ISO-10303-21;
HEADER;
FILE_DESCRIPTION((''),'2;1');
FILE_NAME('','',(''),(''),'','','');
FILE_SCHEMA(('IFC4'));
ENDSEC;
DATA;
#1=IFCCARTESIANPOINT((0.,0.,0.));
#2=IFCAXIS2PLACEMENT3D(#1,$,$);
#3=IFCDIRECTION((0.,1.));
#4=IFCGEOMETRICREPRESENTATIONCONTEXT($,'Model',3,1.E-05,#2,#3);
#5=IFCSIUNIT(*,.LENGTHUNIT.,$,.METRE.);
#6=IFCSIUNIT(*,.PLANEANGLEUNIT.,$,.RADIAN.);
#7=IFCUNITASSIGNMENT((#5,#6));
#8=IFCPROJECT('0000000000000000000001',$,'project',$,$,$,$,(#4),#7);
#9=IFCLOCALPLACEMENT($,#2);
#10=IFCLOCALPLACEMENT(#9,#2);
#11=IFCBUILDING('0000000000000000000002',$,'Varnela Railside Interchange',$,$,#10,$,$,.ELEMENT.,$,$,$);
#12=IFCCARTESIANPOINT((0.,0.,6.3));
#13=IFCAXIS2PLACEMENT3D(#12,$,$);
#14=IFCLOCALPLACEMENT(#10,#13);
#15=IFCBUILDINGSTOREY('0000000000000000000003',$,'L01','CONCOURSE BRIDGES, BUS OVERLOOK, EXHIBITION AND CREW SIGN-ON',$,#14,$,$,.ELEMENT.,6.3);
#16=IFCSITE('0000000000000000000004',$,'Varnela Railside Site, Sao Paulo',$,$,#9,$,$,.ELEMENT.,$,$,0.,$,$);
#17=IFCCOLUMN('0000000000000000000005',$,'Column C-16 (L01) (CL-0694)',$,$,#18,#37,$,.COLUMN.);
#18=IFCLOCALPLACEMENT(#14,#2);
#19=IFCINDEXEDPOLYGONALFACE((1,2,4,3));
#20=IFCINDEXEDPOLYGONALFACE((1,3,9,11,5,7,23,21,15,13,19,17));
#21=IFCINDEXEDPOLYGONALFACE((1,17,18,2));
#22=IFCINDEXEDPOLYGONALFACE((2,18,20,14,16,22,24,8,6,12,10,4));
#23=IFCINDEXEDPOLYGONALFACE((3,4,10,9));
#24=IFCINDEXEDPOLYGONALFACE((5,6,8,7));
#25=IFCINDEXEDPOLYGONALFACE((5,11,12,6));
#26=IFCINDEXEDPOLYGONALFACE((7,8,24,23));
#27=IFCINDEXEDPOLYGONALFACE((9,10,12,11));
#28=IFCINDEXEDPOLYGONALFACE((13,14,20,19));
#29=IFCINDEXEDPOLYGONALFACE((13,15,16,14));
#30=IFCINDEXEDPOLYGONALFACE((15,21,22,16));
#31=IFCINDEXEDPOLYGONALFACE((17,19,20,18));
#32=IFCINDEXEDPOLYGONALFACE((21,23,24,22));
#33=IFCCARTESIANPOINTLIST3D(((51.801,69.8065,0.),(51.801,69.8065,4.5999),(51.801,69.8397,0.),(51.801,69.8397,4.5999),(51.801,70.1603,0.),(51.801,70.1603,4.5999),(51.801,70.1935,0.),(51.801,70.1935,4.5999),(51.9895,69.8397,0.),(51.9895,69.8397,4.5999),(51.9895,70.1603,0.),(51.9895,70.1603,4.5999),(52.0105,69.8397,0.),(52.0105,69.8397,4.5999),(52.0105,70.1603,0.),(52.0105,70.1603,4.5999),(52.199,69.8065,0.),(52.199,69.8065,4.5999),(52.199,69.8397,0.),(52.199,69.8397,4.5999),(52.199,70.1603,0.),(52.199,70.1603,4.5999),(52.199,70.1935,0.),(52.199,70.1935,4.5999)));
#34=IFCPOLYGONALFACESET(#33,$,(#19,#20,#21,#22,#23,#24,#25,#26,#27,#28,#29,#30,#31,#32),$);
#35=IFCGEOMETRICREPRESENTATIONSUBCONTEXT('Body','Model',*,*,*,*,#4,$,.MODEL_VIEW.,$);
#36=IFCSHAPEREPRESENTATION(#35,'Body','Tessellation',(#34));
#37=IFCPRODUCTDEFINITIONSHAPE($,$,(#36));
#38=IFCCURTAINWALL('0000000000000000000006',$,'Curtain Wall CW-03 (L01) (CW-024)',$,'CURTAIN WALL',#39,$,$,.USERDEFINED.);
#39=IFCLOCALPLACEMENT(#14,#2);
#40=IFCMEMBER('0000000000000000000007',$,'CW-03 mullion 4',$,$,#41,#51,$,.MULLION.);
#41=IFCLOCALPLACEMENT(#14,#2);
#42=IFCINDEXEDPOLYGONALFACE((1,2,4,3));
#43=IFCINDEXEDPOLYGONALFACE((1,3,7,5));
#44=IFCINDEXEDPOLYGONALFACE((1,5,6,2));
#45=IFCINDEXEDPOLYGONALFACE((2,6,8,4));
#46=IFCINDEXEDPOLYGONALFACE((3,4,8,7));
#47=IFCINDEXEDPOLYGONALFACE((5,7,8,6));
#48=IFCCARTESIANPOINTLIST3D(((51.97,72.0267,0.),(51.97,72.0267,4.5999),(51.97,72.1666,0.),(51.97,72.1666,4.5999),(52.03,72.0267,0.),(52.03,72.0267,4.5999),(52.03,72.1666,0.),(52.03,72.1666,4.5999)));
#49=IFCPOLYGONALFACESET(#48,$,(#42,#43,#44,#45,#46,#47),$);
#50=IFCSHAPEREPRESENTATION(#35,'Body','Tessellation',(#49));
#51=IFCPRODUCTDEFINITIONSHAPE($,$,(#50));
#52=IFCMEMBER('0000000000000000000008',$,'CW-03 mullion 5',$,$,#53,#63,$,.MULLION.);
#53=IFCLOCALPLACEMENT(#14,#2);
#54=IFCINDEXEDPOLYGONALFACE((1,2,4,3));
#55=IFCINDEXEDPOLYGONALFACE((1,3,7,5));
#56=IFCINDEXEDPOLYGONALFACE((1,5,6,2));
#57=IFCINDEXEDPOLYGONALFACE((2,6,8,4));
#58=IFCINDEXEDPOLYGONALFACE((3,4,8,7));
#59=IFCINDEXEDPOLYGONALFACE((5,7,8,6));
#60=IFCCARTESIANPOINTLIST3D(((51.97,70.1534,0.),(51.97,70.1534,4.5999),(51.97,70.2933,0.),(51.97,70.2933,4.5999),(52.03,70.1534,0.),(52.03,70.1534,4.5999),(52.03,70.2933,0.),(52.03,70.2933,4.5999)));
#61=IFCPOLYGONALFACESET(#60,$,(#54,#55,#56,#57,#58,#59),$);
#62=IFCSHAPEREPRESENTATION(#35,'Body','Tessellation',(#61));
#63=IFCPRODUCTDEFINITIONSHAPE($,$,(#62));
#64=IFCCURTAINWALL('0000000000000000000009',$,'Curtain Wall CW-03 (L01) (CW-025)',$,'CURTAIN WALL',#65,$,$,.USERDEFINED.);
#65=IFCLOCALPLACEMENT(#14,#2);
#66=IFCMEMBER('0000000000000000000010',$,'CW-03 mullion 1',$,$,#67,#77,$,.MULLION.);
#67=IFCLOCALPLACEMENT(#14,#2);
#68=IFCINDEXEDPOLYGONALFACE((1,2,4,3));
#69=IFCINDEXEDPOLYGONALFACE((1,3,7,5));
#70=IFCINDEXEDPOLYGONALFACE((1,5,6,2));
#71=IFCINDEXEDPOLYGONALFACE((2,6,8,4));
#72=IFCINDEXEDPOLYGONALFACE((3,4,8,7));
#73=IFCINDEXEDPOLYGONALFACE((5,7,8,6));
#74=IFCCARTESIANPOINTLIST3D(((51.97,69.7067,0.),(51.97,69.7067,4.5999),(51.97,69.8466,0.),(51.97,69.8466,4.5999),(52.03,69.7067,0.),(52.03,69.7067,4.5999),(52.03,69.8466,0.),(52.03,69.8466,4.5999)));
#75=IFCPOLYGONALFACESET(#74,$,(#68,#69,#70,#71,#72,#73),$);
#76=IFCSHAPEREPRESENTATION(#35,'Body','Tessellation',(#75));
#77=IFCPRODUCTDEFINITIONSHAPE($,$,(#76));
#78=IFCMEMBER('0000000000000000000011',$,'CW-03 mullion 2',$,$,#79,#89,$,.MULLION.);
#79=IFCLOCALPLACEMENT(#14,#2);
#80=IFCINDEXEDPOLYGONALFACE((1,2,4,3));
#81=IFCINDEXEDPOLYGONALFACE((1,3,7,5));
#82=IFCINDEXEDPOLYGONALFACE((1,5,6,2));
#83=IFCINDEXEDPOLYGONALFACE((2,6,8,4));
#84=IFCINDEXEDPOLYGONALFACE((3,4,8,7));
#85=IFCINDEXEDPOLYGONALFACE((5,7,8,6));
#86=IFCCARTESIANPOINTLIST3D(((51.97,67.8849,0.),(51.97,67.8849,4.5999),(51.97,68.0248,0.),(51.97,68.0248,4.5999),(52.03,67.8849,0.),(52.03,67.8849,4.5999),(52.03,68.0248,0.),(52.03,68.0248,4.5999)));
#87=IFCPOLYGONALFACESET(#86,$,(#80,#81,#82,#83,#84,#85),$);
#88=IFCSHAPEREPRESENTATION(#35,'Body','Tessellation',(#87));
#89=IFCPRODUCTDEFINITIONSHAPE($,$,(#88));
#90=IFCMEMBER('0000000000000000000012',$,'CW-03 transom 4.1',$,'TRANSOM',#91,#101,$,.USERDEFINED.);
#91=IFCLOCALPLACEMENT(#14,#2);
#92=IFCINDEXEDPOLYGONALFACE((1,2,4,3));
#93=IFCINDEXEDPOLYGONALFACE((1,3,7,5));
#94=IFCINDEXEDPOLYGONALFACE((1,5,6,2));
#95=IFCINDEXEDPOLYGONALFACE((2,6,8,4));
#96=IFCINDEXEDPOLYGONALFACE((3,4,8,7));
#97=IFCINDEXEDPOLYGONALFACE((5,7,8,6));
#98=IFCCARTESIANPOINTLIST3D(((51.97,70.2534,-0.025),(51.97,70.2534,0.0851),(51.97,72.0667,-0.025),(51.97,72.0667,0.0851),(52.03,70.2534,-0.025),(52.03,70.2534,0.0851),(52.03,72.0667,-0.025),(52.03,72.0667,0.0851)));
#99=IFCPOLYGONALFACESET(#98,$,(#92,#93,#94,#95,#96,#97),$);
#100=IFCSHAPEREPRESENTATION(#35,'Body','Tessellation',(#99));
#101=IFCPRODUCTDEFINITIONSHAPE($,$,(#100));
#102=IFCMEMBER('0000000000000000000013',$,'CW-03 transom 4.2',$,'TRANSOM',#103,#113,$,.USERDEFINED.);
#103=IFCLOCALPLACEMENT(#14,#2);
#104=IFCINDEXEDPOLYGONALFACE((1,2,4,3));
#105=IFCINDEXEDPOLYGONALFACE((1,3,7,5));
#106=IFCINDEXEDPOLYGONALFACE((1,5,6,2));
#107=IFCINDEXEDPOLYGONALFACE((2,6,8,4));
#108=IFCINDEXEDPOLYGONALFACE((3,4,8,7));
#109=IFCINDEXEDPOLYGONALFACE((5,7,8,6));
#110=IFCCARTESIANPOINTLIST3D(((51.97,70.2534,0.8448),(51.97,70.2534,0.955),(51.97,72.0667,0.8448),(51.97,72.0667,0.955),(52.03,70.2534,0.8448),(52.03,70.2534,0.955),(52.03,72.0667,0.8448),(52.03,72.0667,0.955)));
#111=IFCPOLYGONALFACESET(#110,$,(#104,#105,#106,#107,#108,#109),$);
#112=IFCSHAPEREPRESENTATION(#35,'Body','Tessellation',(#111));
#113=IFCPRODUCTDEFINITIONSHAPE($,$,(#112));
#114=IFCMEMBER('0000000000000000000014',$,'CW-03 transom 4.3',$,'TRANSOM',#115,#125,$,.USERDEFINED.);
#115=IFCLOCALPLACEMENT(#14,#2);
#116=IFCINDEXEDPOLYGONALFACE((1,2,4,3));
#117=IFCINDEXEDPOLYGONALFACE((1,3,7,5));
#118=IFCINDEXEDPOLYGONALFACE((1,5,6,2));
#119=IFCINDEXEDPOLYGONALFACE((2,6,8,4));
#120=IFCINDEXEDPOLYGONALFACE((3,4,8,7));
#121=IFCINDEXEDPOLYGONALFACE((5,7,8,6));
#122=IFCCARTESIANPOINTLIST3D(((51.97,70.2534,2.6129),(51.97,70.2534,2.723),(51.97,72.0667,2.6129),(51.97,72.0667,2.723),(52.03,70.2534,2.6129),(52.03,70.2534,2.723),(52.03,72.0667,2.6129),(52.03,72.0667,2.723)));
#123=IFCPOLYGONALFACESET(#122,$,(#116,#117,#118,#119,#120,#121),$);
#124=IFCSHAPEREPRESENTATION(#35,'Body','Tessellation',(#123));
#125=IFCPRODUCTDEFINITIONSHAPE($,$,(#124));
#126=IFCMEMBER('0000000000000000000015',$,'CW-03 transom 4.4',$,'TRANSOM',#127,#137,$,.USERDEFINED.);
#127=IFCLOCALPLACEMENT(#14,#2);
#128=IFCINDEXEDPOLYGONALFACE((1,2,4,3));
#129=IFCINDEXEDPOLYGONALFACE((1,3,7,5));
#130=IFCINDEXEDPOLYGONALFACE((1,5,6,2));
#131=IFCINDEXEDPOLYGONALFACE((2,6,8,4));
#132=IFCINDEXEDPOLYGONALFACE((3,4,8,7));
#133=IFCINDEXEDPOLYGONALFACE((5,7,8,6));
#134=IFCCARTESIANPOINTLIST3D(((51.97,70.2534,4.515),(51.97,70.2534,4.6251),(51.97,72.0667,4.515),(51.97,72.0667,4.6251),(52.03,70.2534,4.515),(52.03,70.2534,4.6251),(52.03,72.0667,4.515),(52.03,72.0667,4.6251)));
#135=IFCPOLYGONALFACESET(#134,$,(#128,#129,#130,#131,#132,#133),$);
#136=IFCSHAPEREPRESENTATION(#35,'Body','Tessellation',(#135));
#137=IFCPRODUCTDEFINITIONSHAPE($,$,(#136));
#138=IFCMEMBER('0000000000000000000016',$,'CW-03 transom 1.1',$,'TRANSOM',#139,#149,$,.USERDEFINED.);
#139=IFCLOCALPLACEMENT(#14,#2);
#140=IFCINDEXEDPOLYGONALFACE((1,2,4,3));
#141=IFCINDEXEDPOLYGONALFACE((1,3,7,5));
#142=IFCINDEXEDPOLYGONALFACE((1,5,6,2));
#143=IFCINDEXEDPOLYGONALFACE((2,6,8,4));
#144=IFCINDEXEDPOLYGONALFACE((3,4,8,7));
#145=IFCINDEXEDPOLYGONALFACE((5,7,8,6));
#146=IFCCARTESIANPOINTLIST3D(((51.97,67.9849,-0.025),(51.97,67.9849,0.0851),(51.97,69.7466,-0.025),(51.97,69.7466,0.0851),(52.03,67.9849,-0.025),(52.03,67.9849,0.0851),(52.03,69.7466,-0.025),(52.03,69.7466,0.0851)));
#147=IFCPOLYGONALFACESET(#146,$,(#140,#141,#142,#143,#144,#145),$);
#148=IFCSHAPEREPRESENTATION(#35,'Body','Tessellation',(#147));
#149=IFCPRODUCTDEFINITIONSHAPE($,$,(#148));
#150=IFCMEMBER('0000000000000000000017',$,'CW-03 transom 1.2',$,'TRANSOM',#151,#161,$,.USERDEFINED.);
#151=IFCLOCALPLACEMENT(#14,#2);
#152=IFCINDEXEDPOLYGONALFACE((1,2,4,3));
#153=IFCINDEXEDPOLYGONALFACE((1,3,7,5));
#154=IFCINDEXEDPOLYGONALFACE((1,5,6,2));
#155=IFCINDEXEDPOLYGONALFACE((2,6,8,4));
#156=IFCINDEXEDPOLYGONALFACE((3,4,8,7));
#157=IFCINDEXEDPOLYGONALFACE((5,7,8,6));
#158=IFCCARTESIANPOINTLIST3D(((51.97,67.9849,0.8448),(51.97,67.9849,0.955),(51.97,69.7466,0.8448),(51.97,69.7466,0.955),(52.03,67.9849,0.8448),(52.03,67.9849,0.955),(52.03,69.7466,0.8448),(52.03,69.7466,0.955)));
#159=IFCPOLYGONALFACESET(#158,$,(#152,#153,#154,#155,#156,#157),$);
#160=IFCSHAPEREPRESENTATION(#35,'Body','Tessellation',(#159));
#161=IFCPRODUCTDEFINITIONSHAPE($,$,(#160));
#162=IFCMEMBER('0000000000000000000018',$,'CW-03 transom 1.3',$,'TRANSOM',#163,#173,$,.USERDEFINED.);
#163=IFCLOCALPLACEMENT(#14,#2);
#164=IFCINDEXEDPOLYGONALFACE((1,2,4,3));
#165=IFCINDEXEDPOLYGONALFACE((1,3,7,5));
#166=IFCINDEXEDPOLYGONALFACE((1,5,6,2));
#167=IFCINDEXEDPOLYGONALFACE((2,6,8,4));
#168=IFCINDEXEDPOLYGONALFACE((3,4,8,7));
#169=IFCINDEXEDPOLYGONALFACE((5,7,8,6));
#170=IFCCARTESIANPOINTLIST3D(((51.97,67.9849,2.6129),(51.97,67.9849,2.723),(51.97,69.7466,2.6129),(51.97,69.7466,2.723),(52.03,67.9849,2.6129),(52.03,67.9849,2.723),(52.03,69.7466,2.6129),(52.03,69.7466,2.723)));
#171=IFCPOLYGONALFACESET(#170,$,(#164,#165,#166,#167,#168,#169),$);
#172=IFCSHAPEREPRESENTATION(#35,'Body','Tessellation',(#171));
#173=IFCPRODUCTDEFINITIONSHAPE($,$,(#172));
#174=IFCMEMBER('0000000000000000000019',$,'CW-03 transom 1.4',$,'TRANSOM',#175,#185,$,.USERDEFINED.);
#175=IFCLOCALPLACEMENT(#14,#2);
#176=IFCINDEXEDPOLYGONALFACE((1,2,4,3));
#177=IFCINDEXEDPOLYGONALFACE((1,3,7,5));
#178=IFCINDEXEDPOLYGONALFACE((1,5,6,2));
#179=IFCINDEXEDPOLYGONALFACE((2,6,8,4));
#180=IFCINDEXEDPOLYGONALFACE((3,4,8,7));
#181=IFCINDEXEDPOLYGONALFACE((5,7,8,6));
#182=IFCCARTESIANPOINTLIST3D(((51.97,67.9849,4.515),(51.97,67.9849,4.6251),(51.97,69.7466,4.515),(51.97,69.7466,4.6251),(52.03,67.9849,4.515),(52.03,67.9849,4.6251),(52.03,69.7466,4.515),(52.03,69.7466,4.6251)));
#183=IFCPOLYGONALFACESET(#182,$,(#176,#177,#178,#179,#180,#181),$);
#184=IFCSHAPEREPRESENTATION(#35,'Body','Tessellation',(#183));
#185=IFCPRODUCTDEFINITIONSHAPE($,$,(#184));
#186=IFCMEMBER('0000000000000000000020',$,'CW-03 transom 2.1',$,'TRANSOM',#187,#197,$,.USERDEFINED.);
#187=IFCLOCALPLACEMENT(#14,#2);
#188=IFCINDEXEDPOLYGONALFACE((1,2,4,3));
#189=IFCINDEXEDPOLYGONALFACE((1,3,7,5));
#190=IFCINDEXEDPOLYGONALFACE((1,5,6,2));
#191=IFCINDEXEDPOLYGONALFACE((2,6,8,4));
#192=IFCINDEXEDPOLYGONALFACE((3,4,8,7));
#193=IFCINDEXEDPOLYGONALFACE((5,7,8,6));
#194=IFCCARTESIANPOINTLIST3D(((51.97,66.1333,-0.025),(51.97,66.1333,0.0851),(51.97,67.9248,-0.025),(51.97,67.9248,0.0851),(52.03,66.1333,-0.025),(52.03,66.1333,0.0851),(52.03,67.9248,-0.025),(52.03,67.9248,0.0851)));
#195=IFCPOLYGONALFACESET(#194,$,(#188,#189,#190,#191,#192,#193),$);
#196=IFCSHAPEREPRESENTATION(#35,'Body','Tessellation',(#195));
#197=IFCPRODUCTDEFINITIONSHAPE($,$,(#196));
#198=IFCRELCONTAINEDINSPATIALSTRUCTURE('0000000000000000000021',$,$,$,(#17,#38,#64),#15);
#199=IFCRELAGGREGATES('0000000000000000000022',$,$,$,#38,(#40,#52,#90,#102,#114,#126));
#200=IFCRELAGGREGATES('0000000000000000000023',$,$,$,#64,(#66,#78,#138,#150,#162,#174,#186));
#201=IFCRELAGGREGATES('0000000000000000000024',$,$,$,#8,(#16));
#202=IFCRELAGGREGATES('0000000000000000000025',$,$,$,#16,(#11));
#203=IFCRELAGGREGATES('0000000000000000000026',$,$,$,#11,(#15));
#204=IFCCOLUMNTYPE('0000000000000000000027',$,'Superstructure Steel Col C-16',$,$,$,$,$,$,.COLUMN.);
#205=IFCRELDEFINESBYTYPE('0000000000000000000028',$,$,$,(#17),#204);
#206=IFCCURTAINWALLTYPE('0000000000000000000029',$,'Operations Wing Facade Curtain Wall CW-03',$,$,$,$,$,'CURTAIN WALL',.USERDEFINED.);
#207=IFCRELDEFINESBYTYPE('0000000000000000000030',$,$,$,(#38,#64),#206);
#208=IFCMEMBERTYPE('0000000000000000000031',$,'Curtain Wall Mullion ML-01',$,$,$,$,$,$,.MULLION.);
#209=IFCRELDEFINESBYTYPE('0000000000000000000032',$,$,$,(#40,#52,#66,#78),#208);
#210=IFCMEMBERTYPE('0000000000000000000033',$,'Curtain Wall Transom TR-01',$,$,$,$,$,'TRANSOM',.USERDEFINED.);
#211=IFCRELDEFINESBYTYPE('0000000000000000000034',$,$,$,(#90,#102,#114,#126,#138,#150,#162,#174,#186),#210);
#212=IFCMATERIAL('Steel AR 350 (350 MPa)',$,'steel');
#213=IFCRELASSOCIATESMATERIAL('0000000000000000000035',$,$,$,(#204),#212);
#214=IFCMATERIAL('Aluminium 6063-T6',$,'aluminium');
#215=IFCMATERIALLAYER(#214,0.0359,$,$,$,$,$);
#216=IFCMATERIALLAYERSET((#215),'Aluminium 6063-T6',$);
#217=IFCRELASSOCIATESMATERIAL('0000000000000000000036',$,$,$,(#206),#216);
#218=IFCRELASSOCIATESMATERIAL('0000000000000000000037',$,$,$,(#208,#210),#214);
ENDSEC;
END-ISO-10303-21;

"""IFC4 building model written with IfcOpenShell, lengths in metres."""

from ifc_helpers import new_model, si_unit, direction, frame, origin, origin_2d, place, context, subcontext, project, spatial, rectangle, i_section, extrude, material, layer, layer_set, material_profile, profile_set, type_object, element, aggregate, save


model = new_model("IFC4")

# Units and contexts
model_context = context("Model", 3, precision=1e-05, world=origin(), true_north=direction((0.0, 1.0)))
body_context = subcontext(model_context, "Body", "Model", "MODEL_VIEW")
ifc_project = project(units=[si_unit("LENGTHUNIT", "METRE"), si_unit("PLANEANGLEUNIT", "RADIAN")], contexts=[model_context])

# Site, building, storey
site_placement = place(None, origin())
site = spatial("IfcSite", under=ifc_project, at=site_placement, Name="Varnela Railside Site, Sao Paulo", CompositionType="ELEMENT", RefElevation=0.0)
building_placement = place(site_placement, origin())
building = spatial("IfcBuilding", under=site, at=building_placement, Name="Varnela Railside Interchange", CompositionType="ELEMENT")
storey_placement = place(building_placement, frame((0.0, 0.0, 6.3)))
storey = spatial("IfcBuildingStorey", under=building, at=storey_placement, Name="L01", Description="CONCOURSE BRIDGES, BUS OVERLOOK, EXHIBITION AND CREW SIGN-ON", CompositionType="ELEMENT", Elevation=6.3)

# Column
ifc_material_1 = material(Name="Steel AR 350 (350 MPa)", Category="steel")
ifc_material_profile_1 = material_profile(ifc_material_1, i_section(OverallWidth=0.3979, OverallDepth=0.387, WebThickness=0.021, FlangeThickness=0.0332, at=origin_2d()), Name="W360x262")
ifc_profile_set_1 = profile_set([ifc_material_profile_1], Name="Steel AR 350 (350 MPa)")
column_type = type_object("IfcColumnType", Name="Superstructure Steel Col C-16", PredefinedType="COLUMN", material=ifc_profile_set_1)
column_placement = place(storey_placement, frame((52.0, 70.0, 0.0), z_axis=(0.0, 0.0, 1.0), x_axis=(1.0, 0.0, 0.0)))
element("IfcColumn", 1, at=column_placement, inside=storey, type_object=column_type, Name="Column C-16 (L01) (CL-0694)", PredefinedType="COLUMN", context=body_context, shape_type="SweptSolid", body=[
    extrude(i_section(OverallWidth=0.3979, OverallDepth=0.387, WebThickness=0.021, FlangeThickness=0.0332, at=origin_2d()), origin(), (0.0, 0.0, 1.0), 4.5999),
])

# Curtain walls, members
ifc_material_2 = material(Name="Aluminium 6063-T6", Category="aluminium")
ifc_layer_1 = layer(ifc_material_2, 0.0359)
ifc_layer_set_1 = layer_set([ifc_layer_1], Name="Aluminium 6063-T6")
curtain_wall_type = type_object("IfcCurtainWallType", Name="Operations Wing Facade Curtain Wall CW-03", ElementType="CURTAIN WALL", PredefinedType="USERDEFINED", material=ifc_layer_set_1)
curtain_wall_1_placement = place(storey_placement, origin())
curtain_wall_1 = element("IfcCurtainWall", 2, at=curtain_wall_1_placement, inside=storey, type_object=curtain_wall_type, Name="Curtain Wall CW-03 (L01) (CW-024)", ObjectType="CURTAIN WALL", PredefinedType="USERDEFINED")
ifc_material_profile_2 = material_profile(ifc_material_2, rectangle(XDim=0.0601, YDim=0.1399, at=origin_2d()), Name="ALU 60x140")
ifc_profile_set_2 = profile_set([ifc_material_profile_2], Name="Aluminium 6063-T6")
member_type_1 = type_object("IfcMemberType", Name="Curtain Wall Mullion ML-01", PredefinedType="MULLION", material=ifc_profile_set_2)
member_1_placement = place(storey_placement, frame((52.0, 72.0967, 0.0), z_axis=(0.0, 0.0, 1.0), x_axis=(1.0, 0.0, 0.0)))
member_1 = element("IfcMember", 3, at=member_1_placement, type_object=member_type_1, Name="CW-03 mullion 4", PredefinedType="MULLION", context=body_context, shape_type="SweptSolid", body=[
    extrude(rectangle(XDim=0.0601, YDim=0.1399, at=origin_2d()), origin(), (0.0, 0.0, 1.0), 4.5999),
])
member_2_placement = place(storey_placement, frame((52.0, 70.2234, 0.0), z_axis=(0.0, 0.0, 1.0), x_axis=(1.0, 0.0, 0.0)))
member_2 = element("IfcMember", 4, at=member_2_placement, type_object=member_type_1, Name="CW-03 mullion 5", PredefinedType="MULLION", context=body_context, shape_type="SweptSolid", body=[
    extrude(rectangle(XDim=0.0601, YDim=0.1399, at=origin_2d()), origin(), (0.0, 0.0, 1.0), 4.5999),
])
curtain_wall_2_placement = place(storey_placement, origin())
curtain_wall_2 = element("IfcCurtainWall", 5, at=curtain_wall_2_placement, inside=storey, type_object=curtain_wall_type, Name="Curtain Wall CW-03 (L01) (CW-025)", ObjectType="CURTAIN WALL", PredefinedType="USERDEFINED")
member_3_placement = place(storey_placement, frame((52.0, 69.7766, 0.0), z_axis=(0.0, 0.0, 1.0), x_axis=(1.0, 0.0, 0.0)))
member_3 = element("IfcMember", 6, at=member_3_placement, type_object=member_type_1, Name="CW-03 mullion 1", PredefinedType="MULLION", context=body_context, shape_type="SweptSolid", body=[
    extrude(rectangle(XDim=0.0601, YDim=0.1399, at=origin_2d()), origin(), (0.0, 0.0, 1.0), 4.5999),
])
member_4_placement = place(storey_placement, frame((52.0, 67.9548, 0.0), z_axis=(0.0, 0.0, 1.0), x_axis=(1.0, 0.0, 0.0)))
member_4 = element("IfcMember", 7, at=member_4_placement, type_object=member_type_1, Name="CW-03 mullion 2", PredefinedType="MULLION", context=body_context, shape_type="SweptSolid", body=[
    extrude(rectangle(XDim=0.0601, YDim=0.1399, at=origin_2d()), origin(), (0.0, 0.0, 1.0), 4.5999),
])

# Members
ifc_material_profile_3 = material_profile(ifc_material_2, rectangle(XDim=0.0601, YDim=0.1101, at=origin_2d()), Name="ALU 60x110")
ifc_profile_set_3 = profile_set([ifc_material_profile_3], Name="Aluminium 6063-T6")
member_type_2 = type_object("IfcMemberType", Name="Curtain Wall Transom TR-01", ElementType="TRANSOM", PredefinedType="USERDEFINED", material=ifc_profile_set_3)
member_5_placement = place(storey_placement, frame((52.0, 72.0667, 0.03), z_axis=(0.0, -1.0, 0.0), x_axis=(1.0, 0.0, 0.0)))
member_5 = element("IfcMember", 8, at=member_5_placement, type_object=member_type_2, Name="CW-03 transom 4.1", ObjectType="TRANSOM", PredefinedType="USERDEFINED", context=body_context, shape_type="SweptSolid", body=[
    extrude(rectangle(XDim=0.0601, YDim=0.1101, at=origin_2d()), origin(), (0.0, 0.0, 1.0), 1.8132),
])
member_6_placement = place(storey_placement, frame((52.0, 72.0667, 0.8999), z_axis=(0.0, -1.0, 0.0), x_axis=(1.0, 0.0, 0.0)))
member_6 = element("IfcMember", 9, at=member_6_placement, type_object=member_type_2, Name="CW-03 transom 4.2", ObjectType="TRANSOM", PredefinedType="USERDEFINED", context=body_context, shape_type="SweptSolid", body=[
    extrude(rectangle(XDim=0.0601, YDim=0.1101, at=origin_2d()), origin(), (0.0, 0.0, 1.0), 1.8132),
])
member_7_placement = place(storey_placement, frame((52.0, 72.0667, 2.668), z_axis=(0.0, -1.0, 0.0), x_axis=(1.0, 0.0, 0.0)))
member_7 = element("IfcMember", 10, at=member_7_placement, type_object=member_type_2, Name="CW-03 transom 4.3", ObjectType="TRANSOM", PredefinedType="USERDEFINED", context=body_context, shape_type="SweptSolid", body=[
    extrude(rectangle(XDim=0.0601, YDim=0.1101, at=origin_2d()), origin(), (0.0, 0.0, 1.0), 1.8132),
])
member_8_placement = place(storey_placement, frame((52.0, 72.0667, 4.5701), z_axis=(0.0, -1.0, 0.0), x_axis=(1.0, 0.0, 0.0)))
member_8 = element("IfcMember", 11, at=member_8_placement, type_object=member_type_2, Name="CW-03 transom 4.4", ObjectType="TRANSOM", PredefinedType="USERDEFINED", context=body_context, shape_type="SweptSolid", body=[
    extrude(rectangle(XDim=0.0601, YDim=0.1101, at=origin_2d()), origin(), (0.0, 0.0, 1.0), 1.8132),
])
member_9_placement = place(storey_placement, frame((52.0, 69.7466, 0.03), z_axis=(0.0, -1.0, 0.0), x_axis=(1.0, 0.0, 0.0)))
member_9 = element("IfcMember", 12, at=member_9_placement, type_object=member_type_2, Name="CW-03 transom 1.1", ObjectType="TRANSOM", PredefinedType="USERDEFINED", context=body_context, shape_type="SweptSolid", body=[
    extrude(rectangle(XDim=0.0601, YDim=0.1101, at=origin_2d()), origin(), (0.0, 0.0, 1.0), 1.7617),
])
member_10_placement = place(storey_placement, frame((52.0, 69.7466, 0.8999), z_axis=(0.0, -1.0, 0.0), x_axis=(1.0, 0.0, 0.0)))
member_10 = element("IfcMember", 13, at=member_10_placement, type_object=member_type_2, Name="CW-03 transom 1.2", ObjectType="TRANSOM", PredefinedType="USERDEFINED", context=body_context, shape_type="SweptSolid", body=[
    extrude(rectangle(XDim=0.0601, YDim=0.1101, at=origin_2d()), origin(), (0.0, 0.0, 1.0), 1.7617),
])
member_11_placement = place(storey_placement, frame((52.0, 69.7466, 2.668), z_axis=(0.0, -1.0, 0.0), x_axis=(1.0, 0.0, 0.0)))
member_11 = element("IfcMember", 14, at=member_11_placement, type_object=member_type_2, Name="CW-03 transom 1.3", ObjectType="TRANSOM", PredefinedType="USERDEFINED", context=body_context, shape_type="SweptSolid", body=[
    extrude(rectangle(XDim=0.0601, YDim=0.1101, at=origin_2d()), origin(), (0.0, 0.0, 1.0), 1.7617),
])
member_12_placement = place(storey_placement, frame((52.0, 69.7466, 4.5701), z_axis=(0.0, -1.0, 0.0), x_axis=(1.0, 0.0, 0.0)))
member_12 = element("IfcMember", 15, at=member_12_placement, type_object=member_type_2, Name="CW-03 transom 1.4", ObjectType="TRANSOM", PredefinedType="USERDEFINED", context=body_context, shape_type="SweptSolid", body=[
    extrude(rectangle(XDim=0.0601, YDim=0.1101, at=origin_2d()), origin(), (0.0, 0.0, 1.0), 1.7617),
])
member_13_placement = place(storey_placement, frame((52.0, 67.9248, 0.03), z_axis=(0.0, -1.0, 0.0), x_axis=(1.0, 0.0, 0.0)))
member_13 = element("IfcMember", 16, at=member_13_placement, type_object=member_type_2, Name="CW-03 transom 2.1", ObjectType="TRANSOM", PredefinedType="USERDEFINED", context=body_context, shape_type="SweptSolid", body=[
    extrude(rectangle(XDim=0.0601, YDim=0.1101, at=origin_2d()), origin(), (0.0, 0.0, 1.0), 1.7915),
])

aggregate(curtain_wall_1, [member_1, member_2, member_5, member_6, member_7, member_8])
aggregate(curtain_wall_2, [member_3, member_4, member_9, member_10, member_11, member_12, member_13])

save(model, "model.ifc")
